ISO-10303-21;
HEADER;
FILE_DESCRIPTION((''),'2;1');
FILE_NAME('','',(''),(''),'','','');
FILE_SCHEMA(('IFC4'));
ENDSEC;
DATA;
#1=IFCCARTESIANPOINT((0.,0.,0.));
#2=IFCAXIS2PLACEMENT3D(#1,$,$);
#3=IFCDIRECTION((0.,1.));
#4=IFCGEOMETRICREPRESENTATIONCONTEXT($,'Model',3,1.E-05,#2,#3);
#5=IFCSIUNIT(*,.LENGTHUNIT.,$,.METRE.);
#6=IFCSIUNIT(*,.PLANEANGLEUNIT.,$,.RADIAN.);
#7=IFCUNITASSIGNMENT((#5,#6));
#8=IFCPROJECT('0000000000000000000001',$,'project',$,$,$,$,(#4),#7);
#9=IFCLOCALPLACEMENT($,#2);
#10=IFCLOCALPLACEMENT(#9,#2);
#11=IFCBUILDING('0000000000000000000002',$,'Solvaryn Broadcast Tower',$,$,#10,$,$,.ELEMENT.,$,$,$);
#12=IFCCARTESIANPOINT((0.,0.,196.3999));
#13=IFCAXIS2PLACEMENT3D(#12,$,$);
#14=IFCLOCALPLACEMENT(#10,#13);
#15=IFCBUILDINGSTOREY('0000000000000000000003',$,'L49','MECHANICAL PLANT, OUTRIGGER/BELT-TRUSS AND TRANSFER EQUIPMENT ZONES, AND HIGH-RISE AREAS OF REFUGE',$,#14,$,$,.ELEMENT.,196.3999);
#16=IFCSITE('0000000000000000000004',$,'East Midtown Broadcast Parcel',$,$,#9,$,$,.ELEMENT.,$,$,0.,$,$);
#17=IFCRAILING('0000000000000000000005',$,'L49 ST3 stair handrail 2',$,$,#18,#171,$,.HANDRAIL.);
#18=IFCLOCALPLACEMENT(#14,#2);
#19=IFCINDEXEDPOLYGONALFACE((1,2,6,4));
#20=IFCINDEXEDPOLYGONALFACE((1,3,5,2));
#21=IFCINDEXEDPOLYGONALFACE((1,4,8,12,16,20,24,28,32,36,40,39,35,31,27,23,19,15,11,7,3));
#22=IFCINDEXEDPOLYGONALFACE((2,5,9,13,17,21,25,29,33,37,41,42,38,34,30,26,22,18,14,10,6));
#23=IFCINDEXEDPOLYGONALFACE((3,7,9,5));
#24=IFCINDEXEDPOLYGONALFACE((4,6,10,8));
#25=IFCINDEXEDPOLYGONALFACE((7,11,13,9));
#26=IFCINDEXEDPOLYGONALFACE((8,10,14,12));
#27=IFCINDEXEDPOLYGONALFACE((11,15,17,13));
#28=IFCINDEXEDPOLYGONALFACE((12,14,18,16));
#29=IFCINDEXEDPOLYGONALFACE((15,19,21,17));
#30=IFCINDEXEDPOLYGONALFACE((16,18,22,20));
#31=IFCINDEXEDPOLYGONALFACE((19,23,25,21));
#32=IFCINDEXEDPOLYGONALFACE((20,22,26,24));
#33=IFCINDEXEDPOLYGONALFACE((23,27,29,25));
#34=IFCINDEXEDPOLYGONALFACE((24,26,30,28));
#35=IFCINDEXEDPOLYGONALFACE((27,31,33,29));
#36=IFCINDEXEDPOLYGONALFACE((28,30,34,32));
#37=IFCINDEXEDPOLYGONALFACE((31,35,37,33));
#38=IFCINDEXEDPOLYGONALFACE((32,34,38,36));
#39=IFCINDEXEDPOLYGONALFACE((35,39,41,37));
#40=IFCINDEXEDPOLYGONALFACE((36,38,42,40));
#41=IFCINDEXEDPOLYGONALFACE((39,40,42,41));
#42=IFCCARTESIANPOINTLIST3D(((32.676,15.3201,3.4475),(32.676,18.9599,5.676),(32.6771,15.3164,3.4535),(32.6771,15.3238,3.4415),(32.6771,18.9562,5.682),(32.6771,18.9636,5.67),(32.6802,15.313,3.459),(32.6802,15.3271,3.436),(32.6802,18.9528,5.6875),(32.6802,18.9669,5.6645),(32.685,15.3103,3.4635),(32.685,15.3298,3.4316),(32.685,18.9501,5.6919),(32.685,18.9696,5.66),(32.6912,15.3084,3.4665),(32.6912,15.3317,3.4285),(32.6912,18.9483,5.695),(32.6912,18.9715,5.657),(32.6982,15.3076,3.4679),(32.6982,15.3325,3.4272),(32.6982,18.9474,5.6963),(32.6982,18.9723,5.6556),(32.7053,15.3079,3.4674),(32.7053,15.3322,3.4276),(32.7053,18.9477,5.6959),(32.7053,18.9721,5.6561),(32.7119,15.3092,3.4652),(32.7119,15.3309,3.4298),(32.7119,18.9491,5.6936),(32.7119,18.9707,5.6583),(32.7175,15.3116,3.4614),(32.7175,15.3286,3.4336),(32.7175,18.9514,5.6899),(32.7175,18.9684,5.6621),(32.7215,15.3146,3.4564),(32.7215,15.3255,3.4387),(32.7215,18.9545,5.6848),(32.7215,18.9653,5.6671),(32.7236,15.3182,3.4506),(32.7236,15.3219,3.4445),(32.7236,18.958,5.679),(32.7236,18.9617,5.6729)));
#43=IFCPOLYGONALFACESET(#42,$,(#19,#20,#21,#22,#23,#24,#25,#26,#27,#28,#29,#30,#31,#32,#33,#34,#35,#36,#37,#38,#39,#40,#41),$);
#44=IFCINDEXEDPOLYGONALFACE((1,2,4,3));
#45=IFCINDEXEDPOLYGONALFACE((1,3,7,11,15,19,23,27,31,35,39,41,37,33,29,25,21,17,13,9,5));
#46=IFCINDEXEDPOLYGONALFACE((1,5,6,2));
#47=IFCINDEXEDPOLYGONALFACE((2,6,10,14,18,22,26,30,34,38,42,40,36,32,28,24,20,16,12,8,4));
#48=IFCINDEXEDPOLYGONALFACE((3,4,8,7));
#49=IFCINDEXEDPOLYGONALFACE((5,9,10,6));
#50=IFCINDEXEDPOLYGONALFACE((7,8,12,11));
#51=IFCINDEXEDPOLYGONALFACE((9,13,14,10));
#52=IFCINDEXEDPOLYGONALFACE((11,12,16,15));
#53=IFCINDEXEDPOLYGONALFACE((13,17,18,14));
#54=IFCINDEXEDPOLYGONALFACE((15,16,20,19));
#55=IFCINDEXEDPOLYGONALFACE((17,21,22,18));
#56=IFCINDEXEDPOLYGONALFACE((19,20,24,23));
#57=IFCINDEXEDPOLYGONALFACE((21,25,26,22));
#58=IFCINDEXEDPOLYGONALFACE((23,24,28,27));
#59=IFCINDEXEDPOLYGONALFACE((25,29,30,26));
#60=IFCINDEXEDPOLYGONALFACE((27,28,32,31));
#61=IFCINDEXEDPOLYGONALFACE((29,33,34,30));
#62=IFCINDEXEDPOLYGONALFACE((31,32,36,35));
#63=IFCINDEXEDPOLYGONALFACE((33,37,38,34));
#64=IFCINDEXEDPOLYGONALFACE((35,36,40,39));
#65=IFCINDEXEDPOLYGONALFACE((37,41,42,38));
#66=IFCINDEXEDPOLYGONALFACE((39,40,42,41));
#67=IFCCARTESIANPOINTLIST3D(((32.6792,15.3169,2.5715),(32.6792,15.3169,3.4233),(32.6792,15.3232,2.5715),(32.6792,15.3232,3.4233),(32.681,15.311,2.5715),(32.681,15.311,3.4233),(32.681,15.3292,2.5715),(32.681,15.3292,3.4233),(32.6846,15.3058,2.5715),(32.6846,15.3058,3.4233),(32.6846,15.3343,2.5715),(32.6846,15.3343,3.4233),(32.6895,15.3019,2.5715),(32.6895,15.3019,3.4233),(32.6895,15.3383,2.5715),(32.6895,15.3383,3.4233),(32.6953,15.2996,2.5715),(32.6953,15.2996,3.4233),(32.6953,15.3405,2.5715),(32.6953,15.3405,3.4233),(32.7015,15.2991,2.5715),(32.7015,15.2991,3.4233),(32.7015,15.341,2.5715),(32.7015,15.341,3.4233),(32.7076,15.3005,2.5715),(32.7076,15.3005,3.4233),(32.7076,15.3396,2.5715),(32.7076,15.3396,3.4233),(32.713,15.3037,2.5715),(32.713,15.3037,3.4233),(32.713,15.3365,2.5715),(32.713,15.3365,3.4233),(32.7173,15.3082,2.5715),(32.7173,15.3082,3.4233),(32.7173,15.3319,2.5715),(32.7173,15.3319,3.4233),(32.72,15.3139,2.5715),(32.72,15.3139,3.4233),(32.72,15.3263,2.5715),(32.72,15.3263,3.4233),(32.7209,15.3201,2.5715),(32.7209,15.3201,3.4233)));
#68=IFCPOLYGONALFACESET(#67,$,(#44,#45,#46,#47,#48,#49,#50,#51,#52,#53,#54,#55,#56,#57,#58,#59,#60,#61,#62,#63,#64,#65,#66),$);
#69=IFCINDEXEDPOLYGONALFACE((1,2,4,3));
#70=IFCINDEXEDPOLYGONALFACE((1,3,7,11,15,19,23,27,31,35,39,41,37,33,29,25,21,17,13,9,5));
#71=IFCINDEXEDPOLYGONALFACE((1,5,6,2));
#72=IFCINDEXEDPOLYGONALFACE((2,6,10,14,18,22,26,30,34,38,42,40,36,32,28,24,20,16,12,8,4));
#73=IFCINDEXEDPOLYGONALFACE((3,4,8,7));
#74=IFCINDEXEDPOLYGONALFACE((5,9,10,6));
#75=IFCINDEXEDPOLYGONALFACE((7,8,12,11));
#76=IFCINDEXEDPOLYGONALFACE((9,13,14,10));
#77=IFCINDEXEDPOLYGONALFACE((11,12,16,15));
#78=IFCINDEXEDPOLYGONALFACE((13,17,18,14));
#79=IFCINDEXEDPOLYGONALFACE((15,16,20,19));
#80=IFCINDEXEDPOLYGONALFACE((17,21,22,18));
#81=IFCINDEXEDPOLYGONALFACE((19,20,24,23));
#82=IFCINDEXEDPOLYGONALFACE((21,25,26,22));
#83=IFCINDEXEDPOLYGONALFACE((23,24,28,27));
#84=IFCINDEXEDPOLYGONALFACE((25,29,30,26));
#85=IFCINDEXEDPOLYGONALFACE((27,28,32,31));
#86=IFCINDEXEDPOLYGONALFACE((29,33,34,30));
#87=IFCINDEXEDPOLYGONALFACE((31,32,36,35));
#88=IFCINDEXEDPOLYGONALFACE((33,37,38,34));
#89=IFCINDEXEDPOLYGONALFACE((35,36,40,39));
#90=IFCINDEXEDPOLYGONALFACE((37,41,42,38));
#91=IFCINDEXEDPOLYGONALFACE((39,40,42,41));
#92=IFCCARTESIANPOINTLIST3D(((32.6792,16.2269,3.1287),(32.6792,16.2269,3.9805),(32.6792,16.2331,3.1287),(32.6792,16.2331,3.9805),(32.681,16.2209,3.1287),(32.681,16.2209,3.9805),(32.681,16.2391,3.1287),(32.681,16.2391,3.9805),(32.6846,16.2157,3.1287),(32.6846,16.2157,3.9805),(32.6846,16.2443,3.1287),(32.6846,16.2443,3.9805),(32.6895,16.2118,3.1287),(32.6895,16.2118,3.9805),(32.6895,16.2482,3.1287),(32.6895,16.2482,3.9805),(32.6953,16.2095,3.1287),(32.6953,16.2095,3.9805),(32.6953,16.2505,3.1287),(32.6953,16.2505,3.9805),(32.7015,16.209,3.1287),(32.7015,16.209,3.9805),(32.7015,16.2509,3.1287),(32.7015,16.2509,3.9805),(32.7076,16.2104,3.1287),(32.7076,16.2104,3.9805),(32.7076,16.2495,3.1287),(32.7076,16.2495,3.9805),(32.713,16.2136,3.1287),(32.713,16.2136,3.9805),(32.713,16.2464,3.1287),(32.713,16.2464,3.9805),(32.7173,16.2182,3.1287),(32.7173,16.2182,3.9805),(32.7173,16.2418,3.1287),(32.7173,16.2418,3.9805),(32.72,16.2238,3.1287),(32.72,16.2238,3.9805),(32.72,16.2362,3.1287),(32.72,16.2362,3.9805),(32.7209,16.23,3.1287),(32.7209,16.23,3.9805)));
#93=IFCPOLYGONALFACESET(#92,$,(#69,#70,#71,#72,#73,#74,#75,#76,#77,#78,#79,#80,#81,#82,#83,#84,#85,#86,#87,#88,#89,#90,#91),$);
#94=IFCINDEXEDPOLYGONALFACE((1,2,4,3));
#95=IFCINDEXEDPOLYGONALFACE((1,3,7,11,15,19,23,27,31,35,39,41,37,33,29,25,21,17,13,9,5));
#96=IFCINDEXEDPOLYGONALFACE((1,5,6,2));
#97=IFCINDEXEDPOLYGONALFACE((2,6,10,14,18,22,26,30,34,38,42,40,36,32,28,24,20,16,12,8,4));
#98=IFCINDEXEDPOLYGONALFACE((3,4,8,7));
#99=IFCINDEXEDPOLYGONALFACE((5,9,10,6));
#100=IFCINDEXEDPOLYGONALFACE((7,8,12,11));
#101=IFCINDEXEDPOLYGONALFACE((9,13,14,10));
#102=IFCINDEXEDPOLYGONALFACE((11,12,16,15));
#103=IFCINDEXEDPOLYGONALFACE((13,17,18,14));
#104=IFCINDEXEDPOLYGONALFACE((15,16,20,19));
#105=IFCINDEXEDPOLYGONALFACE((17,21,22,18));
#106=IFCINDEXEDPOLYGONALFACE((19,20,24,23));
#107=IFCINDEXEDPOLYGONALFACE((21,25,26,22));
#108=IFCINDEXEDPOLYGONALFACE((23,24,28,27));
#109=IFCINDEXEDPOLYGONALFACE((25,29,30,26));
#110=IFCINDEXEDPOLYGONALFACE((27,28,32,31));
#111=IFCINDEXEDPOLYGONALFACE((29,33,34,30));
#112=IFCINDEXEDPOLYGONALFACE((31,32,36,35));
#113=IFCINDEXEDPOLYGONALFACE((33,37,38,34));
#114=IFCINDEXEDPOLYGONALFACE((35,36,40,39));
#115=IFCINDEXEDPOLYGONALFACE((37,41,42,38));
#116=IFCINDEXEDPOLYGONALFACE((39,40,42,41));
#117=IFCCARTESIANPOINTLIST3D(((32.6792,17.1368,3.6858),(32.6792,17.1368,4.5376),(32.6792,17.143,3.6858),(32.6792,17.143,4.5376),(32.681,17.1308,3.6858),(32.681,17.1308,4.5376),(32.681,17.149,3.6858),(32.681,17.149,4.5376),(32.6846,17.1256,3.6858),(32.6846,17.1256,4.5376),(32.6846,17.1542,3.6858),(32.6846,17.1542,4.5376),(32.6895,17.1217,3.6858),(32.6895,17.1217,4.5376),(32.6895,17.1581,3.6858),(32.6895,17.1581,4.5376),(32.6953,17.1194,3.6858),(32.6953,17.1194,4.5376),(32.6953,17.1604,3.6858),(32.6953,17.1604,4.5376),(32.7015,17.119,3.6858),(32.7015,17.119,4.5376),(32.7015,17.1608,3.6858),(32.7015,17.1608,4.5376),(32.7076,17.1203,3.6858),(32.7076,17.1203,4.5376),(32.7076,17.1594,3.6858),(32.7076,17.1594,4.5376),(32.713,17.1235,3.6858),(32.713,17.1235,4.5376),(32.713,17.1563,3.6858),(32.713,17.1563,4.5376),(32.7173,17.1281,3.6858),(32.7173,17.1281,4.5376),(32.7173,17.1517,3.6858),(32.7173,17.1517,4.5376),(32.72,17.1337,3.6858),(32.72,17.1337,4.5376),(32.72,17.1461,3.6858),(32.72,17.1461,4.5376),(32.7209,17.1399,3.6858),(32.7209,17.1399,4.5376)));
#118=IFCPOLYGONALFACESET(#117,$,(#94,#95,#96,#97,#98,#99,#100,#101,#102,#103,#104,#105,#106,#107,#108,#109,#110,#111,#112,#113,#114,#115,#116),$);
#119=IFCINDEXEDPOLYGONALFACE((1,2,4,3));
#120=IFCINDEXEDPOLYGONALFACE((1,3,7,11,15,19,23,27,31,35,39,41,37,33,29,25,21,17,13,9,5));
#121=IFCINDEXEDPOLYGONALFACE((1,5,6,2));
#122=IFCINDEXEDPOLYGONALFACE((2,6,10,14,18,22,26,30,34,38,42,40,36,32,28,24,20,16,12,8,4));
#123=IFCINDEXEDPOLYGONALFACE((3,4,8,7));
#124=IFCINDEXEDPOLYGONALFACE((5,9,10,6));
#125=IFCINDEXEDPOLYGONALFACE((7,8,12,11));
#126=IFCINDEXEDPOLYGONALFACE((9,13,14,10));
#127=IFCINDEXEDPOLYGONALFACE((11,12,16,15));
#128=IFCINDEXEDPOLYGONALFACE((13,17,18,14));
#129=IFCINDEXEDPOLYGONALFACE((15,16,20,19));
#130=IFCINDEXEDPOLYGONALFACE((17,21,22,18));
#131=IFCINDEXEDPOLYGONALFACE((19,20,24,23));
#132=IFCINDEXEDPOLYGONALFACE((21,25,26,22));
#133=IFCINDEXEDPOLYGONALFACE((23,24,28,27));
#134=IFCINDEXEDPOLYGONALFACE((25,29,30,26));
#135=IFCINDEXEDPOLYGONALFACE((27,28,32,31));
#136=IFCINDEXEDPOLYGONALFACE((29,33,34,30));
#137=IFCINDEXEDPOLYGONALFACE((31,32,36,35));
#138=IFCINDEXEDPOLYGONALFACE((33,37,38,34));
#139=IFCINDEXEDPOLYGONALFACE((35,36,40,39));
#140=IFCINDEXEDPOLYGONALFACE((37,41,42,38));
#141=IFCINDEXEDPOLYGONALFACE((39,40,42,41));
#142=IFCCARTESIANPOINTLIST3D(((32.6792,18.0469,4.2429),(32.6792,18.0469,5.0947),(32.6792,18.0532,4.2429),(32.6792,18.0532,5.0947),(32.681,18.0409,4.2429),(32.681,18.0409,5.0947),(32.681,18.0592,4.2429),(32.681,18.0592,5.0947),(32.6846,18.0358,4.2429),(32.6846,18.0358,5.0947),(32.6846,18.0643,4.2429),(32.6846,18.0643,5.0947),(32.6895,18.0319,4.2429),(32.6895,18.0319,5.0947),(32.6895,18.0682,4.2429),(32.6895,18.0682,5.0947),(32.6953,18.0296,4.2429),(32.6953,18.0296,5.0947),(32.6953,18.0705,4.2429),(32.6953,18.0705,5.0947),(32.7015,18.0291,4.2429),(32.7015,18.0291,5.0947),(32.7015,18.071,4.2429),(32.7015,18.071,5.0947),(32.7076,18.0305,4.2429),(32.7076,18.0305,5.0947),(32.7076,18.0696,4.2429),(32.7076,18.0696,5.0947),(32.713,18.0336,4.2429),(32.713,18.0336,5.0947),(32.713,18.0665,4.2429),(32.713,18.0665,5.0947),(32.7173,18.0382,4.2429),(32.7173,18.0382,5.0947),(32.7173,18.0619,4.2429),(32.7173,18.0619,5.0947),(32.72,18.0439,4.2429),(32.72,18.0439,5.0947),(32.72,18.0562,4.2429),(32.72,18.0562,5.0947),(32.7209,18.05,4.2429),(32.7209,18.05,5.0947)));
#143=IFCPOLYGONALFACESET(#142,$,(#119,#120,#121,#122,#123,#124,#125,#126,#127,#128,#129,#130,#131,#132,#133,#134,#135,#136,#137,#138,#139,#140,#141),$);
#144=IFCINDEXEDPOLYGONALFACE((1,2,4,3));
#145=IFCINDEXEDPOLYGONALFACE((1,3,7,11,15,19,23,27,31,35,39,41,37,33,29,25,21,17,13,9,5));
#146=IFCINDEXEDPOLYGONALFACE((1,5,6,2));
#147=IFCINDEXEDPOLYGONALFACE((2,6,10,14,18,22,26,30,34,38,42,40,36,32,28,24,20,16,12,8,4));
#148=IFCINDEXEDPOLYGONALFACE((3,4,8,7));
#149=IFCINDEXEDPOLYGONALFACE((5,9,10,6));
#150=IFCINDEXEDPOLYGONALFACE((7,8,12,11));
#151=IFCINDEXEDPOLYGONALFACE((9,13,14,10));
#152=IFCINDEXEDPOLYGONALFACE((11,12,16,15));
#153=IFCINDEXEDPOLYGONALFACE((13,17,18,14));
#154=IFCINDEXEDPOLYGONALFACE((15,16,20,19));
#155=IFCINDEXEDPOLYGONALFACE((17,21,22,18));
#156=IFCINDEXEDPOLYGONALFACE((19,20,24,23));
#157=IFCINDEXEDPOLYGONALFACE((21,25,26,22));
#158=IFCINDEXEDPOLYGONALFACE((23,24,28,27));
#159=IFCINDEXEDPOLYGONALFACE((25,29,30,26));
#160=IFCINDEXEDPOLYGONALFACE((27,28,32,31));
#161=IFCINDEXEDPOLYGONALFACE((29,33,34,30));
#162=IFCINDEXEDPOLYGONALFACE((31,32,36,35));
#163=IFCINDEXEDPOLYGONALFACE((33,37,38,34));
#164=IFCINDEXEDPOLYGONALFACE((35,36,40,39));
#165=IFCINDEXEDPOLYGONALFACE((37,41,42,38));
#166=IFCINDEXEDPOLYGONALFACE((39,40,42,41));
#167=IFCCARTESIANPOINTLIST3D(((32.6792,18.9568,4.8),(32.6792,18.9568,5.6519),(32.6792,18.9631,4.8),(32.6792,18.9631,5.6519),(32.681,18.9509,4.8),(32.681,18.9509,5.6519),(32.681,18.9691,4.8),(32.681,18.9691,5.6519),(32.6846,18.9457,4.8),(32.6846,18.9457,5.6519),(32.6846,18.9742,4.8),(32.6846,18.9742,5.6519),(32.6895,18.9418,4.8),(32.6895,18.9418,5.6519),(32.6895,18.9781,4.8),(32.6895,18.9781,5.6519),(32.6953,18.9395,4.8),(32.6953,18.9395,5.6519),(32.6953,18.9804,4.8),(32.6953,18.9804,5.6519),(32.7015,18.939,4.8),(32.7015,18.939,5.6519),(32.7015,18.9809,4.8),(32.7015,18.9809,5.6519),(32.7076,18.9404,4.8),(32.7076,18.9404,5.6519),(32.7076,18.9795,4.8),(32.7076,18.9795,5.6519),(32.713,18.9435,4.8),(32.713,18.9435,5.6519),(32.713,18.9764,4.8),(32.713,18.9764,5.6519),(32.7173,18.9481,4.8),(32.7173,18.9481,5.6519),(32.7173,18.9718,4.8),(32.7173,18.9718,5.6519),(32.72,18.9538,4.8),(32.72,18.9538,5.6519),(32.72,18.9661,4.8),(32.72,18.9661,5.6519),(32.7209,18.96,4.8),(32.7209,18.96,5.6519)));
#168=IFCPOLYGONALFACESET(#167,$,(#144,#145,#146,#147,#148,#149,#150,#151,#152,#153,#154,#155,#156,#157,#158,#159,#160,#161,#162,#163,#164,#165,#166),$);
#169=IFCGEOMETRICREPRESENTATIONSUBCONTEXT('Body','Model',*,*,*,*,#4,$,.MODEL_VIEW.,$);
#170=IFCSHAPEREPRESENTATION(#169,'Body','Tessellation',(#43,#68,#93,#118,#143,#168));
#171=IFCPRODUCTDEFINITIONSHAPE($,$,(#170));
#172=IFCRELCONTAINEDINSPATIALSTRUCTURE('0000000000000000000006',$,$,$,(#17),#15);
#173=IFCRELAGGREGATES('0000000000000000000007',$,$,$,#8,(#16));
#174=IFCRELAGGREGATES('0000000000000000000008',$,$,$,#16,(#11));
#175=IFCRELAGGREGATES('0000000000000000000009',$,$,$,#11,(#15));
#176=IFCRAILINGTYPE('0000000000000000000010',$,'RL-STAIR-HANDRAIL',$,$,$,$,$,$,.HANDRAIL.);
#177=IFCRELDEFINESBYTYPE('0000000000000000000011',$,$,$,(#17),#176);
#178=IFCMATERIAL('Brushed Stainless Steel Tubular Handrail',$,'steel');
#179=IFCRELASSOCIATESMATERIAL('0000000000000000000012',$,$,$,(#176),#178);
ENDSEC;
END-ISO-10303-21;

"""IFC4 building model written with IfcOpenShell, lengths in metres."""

from ifc_helpers import new_model, si_unit, direction, frame, origin, origin_2d, place, context, subcontext, project, spatial, circle, extrude, material, type_object, element, save


model = new_model("IFC4")

# Units and contexts
model_context = context("Model", 3, precision=1e-05, world=origin(), true_north=direction((0.0, 1.0)))
body_context = subcontext(model_context, "Body", "Model", "MODEL_VIEW")
ifc_project = project(units=[si_unit("LENGTHUNIT", "METRE"), si_unit("PLANEANGLEUNIT", "RADIAN")], contexts=[model_context])

# Site, building, storey
site_placement = place(None, origin())
site = spatial("IfcSite", under=ifc_project, at=site_placement, Name="East Midtown Broadcast Parcel", CompositionType="ELEMENT", RefElevation=0.0)
building_placement = place(site_placement, origin())
building = spatial("IfcBuilding", under=site, at=building_placement, Name="Solvaryn Broadcast Tower", CompositionType="ELEMENT")
storey_placement = place(building_placement, frame((0.0, 0.0, 196.3999)))
storey = spatial("IfcBuildingStorey", under=building, at=storey_placement, Name="L49", Description="MECHANICAL PLANT, OUTRIGGER/BELT-TRUSS AND TRANSFER EQUIPMENT ZONES, AND HIGH-RISE AREAS OF REFUGE", CompositionType="ELEMENT", Elevation=196.3999)

# Railing
ifc_material_1 = material(Name="Brushed Stainless Steel Tubular Handrail", Category="steel")
railing_type_1 = type_object("IfcRailingType", Name="RL-STAIR-HANDRAIL", PredefinedType="HANDRAIL", material=ifc_material_1)
railing_1_placement = place(storey_placement, frame((32.7, 15.3201, 2.5715)))
element("IfcRailing", 1, at=railing_1_placement, inside=storey, type_object=railing_type_1, Name="L49 ST3 stair handrail 2", PredefinedType="HANDRAIL", context=body_context, shape_type="SweptSolid", body=[
    extrude(circle(Radius=0.0239, at=origin_2d()), frame((0.0, 0.0, 0.876), z_axis=(0.0, 0.85285, 0.522156), x_axis=(-1.0, 0.0, 0.0)), (0.0, 0.0, 1.0), 4.2678),
    extrude(circle(Radius=0.021, at=origin_2d()), origin(), (0.0, 0.0, 1.0), 0.8518),
    extrude(circle(Radius=0.021, at=origin_2d()), frame((0.0, 0.9099, 0.5571)), (0.0, 0.0, 1.0), 0.8518),
    extrude(circle(Radius=0.021, at=origin_2d()), frame((0.0, 1.8198, 1.1143)), (0.0, 0.0, 1.0), 0.8518),
    extrude(circle(Radius=0.021, at=origin_2d()), frame((0.0, 2.73, 1.6714)), (0.0, 0.0, 1.0), 0.8518),
    extrude(circle(Radius=0.021, at=origin_2d()), frame((0.0, 3.6399, 2.2285)), (0.0, 0.0, 1.0), 0.8518),
])

save(model, "model.ifc")
